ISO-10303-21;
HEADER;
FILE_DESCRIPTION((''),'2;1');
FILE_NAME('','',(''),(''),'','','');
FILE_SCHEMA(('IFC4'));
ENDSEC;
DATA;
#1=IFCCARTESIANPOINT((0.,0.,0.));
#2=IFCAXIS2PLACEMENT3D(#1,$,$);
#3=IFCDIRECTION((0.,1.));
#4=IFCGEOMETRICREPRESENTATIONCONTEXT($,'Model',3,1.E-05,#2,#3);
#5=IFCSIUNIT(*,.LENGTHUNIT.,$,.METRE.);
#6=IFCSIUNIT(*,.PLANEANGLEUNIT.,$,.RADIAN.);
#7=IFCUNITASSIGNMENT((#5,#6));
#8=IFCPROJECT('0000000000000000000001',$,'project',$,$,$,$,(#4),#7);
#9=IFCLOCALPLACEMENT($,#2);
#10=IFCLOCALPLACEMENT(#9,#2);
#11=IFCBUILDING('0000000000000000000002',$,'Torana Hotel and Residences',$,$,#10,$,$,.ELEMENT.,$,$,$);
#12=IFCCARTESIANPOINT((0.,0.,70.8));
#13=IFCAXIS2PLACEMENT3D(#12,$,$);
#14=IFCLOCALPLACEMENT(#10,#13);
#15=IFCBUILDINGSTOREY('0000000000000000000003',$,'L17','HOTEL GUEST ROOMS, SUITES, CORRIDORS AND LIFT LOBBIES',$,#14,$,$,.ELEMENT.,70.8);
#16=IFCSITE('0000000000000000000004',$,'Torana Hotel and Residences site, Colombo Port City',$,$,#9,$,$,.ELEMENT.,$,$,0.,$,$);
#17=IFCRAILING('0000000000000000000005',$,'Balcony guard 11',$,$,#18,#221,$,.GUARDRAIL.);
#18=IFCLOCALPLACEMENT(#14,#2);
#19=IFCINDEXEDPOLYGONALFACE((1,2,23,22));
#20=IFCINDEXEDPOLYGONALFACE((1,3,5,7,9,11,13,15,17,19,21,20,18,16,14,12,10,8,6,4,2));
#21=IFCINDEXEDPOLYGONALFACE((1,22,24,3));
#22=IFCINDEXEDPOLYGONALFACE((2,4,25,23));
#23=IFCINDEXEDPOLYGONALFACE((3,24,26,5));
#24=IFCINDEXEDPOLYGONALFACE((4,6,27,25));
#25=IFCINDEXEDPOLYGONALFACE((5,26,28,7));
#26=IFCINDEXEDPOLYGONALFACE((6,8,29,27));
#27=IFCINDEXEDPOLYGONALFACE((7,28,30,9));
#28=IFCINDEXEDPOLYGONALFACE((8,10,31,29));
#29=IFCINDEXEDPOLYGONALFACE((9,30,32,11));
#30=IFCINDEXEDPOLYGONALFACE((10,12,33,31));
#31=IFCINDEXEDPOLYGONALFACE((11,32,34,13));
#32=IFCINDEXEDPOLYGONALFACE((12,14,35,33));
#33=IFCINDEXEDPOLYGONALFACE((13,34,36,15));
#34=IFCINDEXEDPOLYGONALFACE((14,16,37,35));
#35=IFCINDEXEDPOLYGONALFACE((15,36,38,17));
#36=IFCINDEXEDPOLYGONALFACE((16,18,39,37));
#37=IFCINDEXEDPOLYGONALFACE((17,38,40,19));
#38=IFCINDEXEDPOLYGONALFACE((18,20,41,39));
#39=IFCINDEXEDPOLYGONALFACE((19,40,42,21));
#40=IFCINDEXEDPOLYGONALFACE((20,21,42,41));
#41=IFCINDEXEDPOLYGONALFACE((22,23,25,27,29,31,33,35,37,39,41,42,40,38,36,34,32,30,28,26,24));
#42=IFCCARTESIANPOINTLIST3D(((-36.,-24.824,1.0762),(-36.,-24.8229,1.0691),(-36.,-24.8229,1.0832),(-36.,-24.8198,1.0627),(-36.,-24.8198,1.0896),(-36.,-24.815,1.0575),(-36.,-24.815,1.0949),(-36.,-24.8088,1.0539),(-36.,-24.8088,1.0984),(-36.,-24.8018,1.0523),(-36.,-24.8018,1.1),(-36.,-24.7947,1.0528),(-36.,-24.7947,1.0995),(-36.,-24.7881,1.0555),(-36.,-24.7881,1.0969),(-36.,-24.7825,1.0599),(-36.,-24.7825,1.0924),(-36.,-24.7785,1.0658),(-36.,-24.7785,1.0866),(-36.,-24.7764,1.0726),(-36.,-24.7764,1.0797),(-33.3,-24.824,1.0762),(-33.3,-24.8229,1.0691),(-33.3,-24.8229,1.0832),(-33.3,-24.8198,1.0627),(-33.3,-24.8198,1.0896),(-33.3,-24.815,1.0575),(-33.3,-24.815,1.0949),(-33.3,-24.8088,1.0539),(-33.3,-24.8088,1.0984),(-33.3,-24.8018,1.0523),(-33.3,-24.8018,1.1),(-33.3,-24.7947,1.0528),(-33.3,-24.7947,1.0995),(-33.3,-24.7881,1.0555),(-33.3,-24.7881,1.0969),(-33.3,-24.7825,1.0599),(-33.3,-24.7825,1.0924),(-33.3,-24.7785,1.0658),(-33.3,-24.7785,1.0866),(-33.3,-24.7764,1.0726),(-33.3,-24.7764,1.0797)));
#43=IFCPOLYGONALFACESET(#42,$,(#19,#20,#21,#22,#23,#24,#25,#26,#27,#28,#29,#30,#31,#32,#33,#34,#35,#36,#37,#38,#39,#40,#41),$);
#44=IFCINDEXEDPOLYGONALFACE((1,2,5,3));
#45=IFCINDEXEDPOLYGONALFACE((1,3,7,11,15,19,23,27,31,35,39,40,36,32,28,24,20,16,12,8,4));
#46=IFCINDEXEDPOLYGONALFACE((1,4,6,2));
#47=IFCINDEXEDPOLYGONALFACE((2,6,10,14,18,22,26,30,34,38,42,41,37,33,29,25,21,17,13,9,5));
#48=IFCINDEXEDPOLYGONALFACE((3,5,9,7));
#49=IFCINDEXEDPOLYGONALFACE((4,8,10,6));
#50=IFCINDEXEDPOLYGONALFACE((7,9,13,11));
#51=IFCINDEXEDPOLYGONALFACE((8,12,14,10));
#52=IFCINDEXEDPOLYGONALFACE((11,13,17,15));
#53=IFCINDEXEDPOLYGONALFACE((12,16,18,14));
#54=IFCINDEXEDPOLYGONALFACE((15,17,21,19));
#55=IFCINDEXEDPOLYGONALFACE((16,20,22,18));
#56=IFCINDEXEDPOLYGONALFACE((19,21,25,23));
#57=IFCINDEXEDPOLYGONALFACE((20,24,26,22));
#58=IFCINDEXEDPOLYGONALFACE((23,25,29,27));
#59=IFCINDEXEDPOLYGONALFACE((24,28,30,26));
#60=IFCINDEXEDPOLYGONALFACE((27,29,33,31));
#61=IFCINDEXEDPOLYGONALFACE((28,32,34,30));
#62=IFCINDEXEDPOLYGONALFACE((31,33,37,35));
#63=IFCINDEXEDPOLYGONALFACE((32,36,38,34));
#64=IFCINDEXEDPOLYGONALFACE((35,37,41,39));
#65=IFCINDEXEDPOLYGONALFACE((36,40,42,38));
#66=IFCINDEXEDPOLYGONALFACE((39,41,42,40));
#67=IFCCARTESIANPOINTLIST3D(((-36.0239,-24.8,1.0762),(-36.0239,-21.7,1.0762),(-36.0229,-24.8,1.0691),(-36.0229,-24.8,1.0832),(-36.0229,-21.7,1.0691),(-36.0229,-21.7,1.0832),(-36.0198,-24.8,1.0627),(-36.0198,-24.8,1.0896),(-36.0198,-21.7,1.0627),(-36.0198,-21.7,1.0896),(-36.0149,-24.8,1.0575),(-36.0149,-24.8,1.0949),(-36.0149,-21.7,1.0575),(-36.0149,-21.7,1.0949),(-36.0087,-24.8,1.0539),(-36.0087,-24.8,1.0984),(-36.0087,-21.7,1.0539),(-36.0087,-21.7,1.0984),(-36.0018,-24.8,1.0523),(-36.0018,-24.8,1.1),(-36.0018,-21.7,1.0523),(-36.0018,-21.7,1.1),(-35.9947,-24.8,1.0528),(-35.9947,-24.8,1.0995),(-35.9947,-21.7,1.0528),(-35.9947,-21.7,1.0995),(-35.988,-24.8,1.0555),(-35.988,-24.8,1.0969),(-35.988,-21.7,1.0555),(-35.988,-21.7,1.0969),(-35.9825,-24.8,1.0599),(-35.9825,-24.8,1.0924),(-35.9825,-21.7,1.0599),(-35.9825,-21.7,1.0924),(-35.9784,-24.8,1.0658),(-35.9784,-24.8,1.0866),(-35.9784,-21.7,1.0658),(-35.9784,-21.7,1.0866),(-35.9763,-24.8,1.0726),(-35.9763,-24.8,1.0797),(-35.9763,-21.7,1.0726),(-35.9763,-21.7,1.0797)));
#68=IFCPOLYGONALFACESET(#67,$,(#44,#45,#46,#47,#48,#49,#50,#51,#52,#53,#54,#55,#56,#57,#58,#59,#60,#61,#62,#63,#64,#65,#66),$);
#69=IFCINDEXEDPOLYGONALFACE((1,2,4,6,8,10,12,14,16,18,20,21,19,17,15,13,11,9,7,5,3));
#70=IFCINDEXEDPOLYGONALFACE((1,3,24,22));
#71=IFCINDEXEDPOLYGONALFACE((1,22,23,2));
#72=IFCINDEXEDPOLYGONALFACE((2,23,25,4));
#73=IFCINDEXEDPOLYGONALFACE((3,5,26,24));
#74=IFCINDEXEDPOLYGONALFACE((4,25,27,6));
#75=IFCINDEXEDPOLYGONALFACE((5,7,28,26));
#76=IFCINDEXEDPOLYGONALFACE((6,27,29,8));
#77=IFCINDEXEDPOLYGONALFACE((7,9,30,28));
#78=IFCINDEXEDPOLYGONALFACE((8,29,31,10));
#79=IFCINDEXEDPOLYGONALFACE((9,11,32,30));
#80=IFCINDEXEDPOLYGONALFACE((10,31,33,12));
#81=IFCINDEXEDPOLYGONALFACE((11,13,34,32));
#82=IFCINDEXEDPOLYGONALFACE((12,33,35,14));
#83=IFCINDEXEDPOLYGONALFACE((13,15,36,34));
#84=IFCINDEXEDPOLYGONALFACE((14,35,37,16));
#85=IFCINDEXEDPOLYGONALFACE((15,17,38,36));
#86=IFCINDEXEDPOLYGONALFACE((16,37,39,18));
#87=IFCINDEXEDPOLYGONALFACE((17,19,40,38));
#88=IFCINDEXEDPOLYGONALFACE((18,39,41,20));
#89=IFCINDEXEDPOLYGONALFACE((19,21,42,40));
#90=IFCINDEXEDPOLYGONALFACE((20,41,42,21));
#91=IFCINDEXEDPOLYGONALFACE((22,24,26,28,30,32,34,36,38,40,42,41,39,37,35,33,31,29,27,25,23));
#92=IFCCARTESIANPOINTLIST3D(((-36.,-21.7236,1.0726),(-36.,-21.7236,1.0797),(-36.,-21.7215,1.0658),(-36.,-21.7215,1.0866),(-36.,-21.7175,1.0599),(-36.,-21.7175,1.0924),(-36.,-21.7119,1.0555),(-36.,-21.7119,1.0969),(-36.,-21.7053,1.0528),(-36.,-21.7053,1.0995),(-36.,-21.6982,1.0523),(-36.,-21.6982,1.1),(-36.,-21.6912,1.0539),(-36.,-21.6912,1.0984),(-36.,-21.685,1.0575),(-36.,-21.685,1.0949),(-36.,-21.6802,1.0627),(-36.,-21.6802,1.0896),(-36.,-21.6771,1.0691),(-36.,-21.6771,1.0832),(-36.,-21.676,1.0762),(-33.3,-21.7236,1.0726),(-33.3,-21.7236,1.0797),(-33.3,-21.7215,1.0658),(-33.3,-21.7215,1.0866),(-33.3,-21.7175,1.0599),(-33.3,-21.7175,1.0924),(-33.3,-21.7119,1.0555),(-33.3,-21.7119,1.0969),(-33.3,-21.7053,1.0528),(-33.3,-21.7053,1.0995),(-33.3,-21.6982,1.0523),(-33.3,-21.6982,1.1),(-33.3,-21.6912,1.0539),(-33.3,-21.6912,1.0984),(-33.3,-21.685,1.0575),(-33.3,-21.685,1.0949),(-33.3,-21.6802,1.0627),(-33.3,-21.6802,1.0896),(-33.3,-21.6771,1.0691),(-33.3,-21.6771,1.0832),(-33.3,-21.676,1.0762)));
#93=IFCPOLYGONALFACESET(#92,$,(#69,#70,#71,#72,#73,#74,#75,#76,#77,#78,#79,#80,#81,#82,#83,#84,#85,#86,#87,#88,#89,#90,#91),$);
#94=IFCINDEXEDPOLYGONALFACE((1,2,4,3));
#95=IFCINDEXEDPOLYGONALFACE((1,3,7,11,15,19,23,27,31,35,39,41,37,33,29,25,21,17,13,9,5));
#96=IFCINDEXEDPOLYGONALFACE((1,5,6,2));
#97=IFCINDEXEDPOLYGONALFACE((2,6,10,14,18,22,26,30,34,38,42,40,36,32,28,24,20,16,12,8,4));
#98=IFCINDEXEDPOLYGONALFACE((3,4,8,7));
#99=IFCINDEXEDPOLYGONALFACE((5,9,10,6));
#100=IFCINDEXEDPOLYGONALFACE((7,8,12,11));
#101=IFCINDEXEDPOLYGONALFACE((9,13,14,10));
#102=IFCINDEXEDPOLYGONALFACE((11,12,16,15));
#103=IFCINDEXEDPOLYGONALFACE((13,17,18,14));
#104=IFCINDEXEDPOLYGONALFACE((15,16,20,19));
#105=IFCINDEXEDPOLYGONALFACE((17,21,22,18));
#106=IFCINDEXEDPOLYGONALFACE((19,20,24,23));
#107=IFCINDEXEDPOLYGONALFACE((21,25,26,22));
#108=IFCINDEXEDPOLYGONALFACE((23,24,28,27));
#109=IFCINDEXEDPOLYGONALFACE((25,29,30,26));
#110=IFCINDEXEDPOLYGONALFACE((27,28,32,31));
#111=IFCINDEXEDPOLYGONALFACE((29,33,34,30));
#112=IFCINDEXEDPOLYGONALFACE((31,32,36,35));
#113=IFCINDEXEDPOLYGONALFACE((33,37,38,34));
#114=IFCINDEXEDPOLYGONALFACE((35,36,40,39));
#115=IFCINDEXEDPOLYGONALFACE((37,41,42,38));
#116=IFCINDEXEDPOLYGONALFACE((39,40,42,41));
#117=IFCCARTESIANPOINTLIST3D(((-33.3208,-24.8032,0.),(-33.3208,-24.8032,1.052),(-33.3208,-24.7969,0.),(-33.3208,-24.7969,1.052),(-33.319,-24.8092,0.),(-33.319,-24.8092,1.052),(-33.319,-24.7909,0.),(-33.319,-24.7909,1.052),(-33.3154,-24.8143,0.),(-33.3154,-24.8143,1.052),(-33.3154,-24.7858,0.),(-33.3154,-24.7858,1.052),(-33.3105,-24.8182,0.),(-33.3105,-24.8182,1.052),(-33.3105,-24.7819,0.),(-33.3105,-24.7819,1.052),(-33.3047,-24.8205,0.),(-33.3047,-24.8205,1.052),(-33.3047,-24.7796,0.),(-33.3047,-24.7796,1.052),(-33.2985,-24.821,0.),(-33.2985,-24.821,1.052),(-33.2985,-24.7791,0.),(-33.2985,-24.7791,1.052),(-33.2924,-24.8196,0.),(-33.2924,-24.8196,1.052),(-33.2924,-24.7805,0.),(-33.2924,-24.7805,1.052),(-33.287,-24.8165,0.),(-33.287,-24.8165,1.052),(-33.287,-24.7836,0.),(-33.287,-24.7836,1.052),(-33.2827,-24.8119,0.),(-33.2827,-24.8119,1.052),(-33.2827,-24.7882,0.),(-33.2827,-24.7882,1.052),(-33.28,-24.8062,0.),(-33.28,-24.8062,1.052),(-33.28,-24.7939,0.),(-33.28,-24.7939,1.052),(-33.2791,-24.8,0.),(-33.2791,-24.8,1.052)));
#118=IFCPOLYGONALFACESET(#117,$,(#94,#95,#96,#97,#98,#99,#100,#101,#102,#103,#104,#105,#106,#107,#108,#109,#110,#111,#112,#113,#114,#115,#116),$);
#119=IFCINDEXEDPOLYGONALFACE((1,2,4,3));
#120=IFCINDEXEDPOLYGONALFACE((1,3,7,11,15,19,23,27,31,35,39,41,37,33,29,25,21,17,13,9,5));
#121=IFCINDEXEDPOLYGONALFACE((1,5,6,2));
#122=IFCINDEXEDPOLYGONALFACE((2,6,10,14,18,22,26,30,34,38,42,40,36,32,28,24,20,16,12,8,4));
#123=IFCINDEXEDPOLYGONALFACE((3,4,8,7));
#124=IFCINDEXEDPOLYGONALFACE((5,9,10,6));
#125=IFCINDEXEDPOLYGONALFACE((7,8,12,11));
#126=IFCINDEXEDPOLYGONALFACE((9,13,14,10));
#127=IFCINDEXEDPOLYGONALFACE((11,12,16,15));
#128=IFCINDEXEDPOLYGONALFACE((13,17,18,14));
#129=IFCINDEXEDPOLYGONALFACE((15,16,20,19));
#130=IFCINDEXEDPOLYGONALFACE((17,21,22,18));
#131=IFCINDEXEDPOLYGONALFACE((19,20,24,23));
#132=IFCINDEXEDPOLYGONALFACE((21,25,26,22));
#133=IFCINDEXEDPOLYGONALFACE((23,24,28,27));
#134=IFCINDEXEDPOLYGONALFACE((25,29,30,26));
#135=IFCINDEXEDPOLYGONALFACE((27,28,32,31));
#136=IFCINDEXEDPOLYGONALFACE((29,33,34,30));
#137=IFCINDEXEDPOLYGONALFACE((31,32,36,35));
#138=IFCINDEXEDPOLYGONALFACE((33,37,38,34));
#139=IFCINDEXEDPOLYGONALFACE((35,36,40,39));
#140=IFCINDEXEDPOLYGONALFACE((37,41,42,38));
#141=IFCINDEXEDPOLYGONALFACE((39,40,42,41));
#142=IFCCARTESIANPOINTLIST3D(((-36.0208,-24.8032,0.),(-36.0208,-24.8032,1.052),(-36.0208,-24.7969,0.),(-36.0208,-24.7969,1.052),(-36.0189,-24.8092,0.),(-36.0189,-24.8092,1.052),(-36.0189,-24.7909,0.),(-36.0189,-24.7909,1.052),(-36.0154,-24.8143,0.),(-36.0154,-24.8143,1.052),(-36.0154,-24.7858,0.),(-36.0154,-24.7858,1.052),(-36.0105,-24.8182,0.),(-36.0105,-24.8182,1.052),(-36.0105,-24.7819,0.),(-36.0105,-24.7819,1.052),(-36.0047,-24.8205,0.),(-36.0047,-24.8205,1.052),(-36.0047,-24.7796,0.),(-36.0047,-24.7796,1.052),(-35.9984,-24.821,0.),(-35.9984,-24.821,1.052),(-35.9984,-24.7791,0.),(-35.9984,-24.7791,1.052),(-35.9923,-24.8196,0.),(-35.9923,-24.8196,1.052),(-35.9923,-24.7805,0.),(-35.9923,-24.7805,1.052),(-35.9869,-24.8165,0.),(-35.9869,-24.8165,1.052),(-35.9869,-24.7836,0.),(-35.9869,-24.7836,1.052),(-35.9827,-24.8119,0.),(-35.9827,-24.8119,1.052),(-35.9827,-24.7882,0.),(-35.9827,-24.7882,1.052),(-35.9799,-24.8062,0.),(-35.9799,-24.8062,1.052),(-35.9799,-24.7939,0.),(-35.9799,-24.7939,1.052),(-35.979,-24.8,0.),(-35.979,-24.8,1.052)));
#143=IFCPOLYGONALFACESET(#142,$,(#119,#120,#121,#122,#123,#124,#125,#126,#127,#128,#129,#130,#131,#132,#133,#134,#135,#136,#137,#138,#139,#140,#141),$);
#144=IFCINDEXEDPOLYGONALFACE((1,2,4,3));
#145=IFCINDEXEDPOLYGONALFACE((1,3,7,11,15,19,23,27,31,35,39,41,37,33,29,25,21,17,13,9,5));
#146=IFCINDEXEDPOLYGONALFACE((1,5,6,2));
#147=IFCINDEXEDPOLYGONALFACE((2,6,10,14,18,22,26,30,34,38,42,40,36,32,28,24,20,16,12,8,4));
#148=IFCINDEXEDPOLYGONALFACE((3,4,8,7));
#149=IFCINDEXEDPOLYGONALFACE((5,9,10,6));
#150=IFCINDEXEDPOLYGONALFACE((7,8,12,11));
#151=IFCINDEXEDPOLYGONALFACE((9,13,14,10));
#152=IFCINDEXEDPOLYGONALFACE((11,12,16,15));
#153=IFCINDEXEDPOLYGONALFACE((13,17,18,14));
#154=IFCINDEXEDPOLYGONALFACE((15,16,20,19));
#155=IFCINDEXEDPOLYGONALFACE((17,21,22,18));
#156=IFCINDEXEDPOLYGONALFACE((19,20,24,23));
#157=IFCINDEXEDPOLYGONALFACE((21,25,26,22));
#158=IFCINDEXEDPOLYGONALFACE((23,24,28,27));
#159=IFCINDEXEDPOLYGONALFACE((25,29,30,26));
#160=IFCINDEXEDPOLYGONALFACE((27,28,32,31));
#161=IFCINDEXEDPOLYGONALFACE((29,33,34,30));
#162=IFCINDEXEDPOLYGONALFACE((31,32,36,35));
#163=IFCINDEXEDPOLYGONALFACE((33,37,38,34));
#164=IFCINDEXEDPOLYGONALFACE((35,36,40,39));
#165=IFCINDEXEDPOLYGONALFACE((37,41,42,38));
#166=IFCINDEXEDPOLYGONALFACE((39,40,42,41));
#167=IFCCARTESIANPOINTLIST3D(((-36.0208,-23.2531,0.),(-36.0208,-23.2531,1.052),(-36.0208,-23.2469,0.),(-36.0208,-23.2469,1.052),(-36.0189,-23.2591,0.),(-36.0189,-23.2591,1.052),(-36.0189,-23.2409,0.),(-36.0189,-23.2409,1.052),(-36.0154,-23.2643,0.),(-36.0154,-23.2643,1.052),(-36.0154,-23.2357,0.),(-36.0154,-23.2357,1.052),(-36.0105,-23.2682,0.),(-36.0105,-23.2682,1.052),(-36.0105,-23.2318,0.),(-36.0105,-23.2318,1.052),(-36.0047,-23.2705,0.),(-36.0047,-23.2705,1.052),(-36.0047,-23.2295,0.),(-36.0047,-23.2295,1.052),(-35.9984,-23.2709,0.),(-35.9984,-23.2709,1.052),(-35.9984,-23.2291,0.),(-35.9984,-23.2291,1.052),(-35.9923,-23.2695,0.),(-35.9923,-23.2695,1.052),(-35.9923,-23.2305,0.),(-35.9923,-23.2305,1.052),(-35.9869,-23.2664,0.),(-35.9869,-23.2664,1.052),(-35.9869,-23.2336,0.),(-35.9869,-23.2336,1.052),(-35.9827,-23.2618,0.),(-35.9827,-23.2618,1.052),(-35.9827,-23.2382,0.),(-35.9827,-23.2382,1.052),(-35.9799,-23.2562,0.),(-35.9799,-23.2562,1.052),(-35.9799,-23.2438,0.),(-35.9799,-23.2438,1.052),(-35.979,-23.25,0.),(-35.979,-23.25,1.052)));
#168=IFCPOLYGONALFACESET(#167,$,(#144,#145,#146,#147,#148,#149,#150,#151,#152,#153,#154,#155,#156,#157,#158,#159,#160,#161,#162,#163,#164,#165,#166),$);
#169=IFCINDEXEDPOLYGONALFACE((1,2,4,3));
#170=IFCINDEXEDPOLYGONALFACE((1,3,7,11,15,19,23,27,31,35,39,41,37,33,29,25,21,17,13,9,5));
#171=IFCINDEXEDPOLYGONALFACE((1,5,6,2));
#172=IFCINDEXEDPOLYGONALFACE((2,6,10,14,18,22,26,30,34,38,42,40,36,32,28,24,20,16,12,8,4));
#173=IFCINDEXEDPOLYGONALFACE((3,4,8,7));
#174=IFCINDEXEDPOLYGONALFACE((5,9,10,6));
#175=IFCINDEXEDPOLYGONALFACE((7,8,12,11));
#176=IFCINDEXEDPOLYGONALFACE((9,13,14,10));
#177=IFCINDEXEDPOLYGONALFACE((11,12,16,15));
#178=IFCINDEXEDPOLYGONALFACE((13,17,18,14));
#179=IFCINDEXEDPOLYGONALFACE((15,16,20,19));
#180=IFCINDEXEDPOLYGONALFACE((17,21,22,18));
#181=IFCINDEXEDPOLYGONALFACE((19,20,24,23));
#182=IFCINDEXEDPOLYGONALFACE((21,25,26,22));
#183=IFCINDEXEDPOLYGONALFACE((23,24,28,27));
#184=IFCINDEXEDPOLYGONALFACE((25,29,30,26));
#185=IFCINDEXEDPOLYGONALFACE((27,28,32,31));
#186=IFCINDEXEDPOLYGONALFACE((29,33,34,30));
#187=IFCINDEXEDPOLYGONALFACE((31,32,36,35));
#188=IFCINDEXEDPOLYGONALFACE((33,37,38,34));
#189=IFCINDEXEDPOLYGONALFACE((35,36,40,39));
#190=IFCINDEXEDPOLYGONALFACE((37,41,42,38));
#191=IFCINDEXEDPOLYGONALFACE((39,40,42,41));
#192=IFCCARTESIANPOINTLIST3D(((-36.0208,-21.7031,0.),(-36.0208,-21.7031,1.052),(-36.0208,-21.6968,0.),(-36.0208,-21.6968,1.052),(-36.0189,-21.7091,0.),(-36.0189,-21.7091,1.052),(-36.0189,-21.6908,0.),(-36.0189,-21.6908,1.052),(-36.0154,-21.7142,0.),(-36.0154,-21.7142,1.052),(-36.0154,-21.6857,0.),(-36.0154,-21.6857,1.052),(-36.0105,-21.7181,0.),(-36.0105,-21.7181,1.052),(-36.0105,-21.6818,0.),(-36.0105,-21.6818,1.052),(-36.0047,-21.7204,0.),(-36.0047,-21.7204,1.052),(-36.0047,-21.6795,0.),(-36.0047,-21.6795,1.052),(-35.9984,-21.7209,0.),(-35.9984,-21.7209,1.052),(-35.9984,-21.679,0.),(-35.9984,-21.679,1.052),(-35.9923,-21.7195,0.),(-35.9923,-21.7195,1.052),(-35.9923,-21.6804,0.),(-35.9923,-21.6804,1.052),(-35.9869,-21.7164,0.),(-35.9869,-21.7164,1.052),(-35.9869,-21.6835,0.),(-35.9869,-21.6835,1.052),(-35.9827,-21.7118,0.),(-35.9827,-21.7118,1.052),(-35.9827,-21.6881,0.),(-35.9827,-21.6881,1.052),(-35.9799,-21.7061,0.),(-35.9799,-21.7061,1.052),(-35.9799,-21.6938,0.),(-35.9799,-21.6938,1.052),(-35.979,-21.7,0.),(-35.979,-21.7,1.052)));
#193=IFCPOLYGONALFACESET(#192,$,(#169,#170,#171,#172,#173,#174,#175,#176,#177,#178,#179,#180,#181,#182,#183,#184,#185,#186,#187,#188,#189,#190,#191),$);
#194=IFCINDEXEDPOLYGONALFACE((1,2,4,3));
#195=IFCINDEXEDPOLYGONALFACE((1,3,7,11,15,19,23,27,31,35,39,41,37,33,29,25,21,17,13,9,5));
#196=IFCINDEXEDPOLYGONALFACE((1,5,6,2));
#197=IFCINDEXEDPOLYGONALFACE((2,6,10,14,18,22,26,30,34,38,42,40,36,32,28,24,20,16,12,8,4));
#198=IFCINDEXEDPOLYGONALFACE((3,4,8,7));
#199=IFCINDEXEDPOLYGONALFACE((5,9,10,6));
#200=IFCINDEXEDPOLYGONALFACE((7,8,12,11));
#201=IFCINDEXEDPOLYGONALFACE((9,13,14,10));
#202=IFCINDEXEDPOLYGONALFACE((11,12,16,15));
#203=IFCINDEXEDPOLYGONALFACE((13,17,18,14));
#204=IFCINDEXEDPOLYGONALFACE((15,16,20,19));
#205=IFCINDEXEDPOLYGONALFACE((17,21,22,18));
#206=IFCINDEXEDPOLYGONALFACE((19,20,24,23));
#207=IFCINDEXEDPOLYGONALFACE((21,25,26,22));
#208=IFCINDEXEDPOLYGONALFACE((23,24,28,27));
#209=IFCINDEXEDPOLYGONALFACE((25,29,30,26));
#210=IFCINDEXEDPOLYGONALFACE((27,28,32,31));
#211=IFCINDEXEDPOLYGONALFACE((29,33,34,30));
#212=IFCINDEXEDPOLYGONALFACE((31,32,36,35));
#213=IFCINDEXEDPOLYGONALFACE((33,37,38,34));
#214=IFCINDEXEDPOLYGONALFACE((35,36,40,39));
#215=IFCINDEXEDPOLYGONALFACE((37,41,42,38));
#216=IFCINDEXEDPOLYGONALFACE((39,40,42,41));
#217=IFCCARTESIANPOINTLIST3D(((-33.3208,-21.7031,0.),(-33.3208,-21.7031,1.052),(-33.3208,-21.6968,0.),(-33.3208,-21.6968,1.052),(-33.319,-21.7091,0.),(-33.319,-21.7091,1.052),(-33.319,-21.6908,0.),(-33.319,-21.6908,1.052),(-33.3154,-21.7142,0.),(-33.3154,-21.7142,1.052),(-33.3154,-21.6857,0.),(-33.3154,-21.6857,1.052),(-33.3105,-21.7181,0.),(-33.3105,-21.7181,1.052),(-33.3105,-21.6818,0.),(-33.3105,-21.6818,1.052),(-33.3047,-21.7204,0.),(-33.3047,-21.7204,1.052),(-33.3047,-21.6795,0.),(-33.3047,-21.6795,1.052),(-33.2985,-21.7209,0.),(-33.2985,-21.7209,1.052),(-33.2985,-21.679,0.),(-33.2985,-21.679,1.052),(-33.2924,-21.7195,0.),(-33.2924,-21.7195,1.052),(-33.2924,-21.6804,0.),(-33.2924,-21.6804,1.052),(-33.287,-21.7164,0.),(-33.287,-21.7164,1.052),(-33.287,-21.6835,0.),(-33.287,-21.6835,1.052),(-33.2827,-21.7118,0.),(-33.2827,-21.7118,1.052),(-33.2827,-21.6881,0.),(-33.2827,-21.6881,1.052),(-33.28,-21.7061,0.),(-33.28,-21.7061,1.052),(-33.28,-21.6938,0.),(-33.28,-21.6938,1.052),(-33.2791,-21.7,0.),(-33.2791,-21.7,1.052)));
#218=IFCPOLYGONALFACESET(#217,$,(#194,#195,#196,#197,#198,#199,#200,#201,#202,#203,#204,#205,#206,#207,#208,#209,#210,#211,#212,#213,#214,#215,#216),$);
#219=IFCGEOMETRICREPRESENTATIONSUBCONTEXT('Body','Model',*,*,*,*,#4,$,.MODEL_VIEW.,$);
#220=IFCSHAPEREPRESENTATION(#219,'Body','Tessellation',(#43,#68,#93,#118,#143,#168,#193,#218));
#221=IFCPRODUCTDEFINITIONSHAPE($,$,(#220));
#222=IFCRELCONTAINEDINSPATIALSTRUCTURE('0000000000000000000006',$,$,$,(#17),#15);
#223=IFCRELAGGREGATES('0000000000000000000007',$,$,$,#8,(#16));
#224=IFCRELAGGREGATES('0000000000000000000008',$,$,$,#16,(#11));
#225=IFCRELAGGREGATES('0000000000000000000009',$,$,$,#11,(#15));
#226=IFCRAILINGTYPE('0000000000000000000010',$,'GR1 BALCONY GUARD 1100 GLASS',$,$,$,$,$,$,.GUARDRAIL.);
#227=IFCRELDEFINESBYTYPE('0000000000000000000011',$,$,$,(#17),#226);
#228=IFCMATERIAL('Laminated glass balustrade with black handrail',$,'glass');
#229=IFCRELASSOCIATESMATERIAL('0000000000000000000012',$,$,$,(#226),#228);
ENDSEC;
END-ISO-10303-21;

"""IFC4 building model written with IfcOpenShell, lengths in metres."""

from ifc_helpers import new_model, si_unit, direction, frame, origin, origin_2d, place, context, subcontext, project, spatial, circle, extrude, material, type_object, element, save


model = new_model("IFC4")

# Units and contexts
model_context = context("Model", 3, precision=1e-05, world=origin(), true_north=direction((0.0, 1.0)))
body_context = subcontext(model_context, "Body", "Model", "MODEL_VIEW")
ifc_project = project(units=[si_unit("LENGTHUNIT", "METRE"), si_unit("PLANEANGLEUNIT", "RADIAN")], contexts=[model_context])

# Site, building, storey
site_placement = place(None, origin())
site = spatial("IfcSite", under=ifc_project, at=site_placement, Name="Torana Hotel and Residences site, Colombo Port City", CompositionType="ELEMENT", RefElevation=0.0)
building_placement = place(site_placement, origin())
building = spatial("IfcBuilding", under=site, at=building_placement, Name="Torana Hotel and Residences", CompositionType="ELEMENT")
storey_placement = place(building_placement, frame((0.0, 0.0, 70.8)))
storey = spatial("IfcBuildingStorey", under=building, at=storey_placement, Name="L17", Description="HOTEL GUEST ROOMS, SUITES, CORRIDORS AND LIFT LOBBIES", CompositionType="ELEMENT", Elevation=70.8)

# Railing
ifc_material_1 = material(Name="Laminated glass balustrade with black handrail", Category="glass")
railing_type = type_object("IfcRailingType", Name="GR1 BALCONY GUARD 1100 GLASS", PredefinedType="GUARDRAIL", material=ifc_material_1)
railing_placement = place(storey_placement, frame((-33.3, -24.8, 0.0)))
element("IfcRailing", 1, at=railing_placement, inside=storey, type_object=railing_type, Name="Balcony guard 11", PredefinedType="GUARDRAIL", context=body_context, shape_type="SweptSolid", body=[
    extrude(circle(Radius=0.0239, at=origin_2d()), frame((0.0, 0.0, 1.0762), z_axis=(-1.0, 0.0, 0.0), x_axis=(0.0, -1.0, 0.0)), (0.0, 0.0, 1.0), 2.7),
    extrude(circle(Radius=0.0239, at=origin_2d()), frame((-2.7, 0.0, 1.0762), z_axis=(0.0, 1.0, 0.0), x_axis=(-1.0, 0.0, 0.0)), (0.0, 0.0, 1.0), 3.1001),
    extrude(circle(Radius=0.0239, at=origin_2d()), frame((-2.7, 3.1001, 1.0762), z_axis=(1.0, 0.0, 0.0), x_axis=(0.0, 1.0, 0.0)), (0.0, 0.0, 1.0), 2.7),
    extrude(circle(Radius=0.021, at=origin_2d()), origin(), (0.0, 0.0, 1.0), 1.052),
    extrude(circle(Radius=0.021, at=origin_2d()), frame((-2.7, 0.0, 0.0)), (0.0, 0.0, 1.0), 1.052),
    extrude(circle(Radius=0.021, at=origin_2d()), frame((-2.7, 1.55, 0.0)), (0.0, 0.0, 1.0), 1.052),
    extrude(circle(Radius=0.021, at=origin_2d()), frame((-2.7, 3.1001, 0.0)), (0.0, 0.0, 1.0), 1.052),
    extrude(circle(Radius=0.021, at=origin_2d()), frame((0.0, 3.1001, 0.0)), (0.0, 0.0, 1.0), 1.052),
])

save(model, "model.ifc")
